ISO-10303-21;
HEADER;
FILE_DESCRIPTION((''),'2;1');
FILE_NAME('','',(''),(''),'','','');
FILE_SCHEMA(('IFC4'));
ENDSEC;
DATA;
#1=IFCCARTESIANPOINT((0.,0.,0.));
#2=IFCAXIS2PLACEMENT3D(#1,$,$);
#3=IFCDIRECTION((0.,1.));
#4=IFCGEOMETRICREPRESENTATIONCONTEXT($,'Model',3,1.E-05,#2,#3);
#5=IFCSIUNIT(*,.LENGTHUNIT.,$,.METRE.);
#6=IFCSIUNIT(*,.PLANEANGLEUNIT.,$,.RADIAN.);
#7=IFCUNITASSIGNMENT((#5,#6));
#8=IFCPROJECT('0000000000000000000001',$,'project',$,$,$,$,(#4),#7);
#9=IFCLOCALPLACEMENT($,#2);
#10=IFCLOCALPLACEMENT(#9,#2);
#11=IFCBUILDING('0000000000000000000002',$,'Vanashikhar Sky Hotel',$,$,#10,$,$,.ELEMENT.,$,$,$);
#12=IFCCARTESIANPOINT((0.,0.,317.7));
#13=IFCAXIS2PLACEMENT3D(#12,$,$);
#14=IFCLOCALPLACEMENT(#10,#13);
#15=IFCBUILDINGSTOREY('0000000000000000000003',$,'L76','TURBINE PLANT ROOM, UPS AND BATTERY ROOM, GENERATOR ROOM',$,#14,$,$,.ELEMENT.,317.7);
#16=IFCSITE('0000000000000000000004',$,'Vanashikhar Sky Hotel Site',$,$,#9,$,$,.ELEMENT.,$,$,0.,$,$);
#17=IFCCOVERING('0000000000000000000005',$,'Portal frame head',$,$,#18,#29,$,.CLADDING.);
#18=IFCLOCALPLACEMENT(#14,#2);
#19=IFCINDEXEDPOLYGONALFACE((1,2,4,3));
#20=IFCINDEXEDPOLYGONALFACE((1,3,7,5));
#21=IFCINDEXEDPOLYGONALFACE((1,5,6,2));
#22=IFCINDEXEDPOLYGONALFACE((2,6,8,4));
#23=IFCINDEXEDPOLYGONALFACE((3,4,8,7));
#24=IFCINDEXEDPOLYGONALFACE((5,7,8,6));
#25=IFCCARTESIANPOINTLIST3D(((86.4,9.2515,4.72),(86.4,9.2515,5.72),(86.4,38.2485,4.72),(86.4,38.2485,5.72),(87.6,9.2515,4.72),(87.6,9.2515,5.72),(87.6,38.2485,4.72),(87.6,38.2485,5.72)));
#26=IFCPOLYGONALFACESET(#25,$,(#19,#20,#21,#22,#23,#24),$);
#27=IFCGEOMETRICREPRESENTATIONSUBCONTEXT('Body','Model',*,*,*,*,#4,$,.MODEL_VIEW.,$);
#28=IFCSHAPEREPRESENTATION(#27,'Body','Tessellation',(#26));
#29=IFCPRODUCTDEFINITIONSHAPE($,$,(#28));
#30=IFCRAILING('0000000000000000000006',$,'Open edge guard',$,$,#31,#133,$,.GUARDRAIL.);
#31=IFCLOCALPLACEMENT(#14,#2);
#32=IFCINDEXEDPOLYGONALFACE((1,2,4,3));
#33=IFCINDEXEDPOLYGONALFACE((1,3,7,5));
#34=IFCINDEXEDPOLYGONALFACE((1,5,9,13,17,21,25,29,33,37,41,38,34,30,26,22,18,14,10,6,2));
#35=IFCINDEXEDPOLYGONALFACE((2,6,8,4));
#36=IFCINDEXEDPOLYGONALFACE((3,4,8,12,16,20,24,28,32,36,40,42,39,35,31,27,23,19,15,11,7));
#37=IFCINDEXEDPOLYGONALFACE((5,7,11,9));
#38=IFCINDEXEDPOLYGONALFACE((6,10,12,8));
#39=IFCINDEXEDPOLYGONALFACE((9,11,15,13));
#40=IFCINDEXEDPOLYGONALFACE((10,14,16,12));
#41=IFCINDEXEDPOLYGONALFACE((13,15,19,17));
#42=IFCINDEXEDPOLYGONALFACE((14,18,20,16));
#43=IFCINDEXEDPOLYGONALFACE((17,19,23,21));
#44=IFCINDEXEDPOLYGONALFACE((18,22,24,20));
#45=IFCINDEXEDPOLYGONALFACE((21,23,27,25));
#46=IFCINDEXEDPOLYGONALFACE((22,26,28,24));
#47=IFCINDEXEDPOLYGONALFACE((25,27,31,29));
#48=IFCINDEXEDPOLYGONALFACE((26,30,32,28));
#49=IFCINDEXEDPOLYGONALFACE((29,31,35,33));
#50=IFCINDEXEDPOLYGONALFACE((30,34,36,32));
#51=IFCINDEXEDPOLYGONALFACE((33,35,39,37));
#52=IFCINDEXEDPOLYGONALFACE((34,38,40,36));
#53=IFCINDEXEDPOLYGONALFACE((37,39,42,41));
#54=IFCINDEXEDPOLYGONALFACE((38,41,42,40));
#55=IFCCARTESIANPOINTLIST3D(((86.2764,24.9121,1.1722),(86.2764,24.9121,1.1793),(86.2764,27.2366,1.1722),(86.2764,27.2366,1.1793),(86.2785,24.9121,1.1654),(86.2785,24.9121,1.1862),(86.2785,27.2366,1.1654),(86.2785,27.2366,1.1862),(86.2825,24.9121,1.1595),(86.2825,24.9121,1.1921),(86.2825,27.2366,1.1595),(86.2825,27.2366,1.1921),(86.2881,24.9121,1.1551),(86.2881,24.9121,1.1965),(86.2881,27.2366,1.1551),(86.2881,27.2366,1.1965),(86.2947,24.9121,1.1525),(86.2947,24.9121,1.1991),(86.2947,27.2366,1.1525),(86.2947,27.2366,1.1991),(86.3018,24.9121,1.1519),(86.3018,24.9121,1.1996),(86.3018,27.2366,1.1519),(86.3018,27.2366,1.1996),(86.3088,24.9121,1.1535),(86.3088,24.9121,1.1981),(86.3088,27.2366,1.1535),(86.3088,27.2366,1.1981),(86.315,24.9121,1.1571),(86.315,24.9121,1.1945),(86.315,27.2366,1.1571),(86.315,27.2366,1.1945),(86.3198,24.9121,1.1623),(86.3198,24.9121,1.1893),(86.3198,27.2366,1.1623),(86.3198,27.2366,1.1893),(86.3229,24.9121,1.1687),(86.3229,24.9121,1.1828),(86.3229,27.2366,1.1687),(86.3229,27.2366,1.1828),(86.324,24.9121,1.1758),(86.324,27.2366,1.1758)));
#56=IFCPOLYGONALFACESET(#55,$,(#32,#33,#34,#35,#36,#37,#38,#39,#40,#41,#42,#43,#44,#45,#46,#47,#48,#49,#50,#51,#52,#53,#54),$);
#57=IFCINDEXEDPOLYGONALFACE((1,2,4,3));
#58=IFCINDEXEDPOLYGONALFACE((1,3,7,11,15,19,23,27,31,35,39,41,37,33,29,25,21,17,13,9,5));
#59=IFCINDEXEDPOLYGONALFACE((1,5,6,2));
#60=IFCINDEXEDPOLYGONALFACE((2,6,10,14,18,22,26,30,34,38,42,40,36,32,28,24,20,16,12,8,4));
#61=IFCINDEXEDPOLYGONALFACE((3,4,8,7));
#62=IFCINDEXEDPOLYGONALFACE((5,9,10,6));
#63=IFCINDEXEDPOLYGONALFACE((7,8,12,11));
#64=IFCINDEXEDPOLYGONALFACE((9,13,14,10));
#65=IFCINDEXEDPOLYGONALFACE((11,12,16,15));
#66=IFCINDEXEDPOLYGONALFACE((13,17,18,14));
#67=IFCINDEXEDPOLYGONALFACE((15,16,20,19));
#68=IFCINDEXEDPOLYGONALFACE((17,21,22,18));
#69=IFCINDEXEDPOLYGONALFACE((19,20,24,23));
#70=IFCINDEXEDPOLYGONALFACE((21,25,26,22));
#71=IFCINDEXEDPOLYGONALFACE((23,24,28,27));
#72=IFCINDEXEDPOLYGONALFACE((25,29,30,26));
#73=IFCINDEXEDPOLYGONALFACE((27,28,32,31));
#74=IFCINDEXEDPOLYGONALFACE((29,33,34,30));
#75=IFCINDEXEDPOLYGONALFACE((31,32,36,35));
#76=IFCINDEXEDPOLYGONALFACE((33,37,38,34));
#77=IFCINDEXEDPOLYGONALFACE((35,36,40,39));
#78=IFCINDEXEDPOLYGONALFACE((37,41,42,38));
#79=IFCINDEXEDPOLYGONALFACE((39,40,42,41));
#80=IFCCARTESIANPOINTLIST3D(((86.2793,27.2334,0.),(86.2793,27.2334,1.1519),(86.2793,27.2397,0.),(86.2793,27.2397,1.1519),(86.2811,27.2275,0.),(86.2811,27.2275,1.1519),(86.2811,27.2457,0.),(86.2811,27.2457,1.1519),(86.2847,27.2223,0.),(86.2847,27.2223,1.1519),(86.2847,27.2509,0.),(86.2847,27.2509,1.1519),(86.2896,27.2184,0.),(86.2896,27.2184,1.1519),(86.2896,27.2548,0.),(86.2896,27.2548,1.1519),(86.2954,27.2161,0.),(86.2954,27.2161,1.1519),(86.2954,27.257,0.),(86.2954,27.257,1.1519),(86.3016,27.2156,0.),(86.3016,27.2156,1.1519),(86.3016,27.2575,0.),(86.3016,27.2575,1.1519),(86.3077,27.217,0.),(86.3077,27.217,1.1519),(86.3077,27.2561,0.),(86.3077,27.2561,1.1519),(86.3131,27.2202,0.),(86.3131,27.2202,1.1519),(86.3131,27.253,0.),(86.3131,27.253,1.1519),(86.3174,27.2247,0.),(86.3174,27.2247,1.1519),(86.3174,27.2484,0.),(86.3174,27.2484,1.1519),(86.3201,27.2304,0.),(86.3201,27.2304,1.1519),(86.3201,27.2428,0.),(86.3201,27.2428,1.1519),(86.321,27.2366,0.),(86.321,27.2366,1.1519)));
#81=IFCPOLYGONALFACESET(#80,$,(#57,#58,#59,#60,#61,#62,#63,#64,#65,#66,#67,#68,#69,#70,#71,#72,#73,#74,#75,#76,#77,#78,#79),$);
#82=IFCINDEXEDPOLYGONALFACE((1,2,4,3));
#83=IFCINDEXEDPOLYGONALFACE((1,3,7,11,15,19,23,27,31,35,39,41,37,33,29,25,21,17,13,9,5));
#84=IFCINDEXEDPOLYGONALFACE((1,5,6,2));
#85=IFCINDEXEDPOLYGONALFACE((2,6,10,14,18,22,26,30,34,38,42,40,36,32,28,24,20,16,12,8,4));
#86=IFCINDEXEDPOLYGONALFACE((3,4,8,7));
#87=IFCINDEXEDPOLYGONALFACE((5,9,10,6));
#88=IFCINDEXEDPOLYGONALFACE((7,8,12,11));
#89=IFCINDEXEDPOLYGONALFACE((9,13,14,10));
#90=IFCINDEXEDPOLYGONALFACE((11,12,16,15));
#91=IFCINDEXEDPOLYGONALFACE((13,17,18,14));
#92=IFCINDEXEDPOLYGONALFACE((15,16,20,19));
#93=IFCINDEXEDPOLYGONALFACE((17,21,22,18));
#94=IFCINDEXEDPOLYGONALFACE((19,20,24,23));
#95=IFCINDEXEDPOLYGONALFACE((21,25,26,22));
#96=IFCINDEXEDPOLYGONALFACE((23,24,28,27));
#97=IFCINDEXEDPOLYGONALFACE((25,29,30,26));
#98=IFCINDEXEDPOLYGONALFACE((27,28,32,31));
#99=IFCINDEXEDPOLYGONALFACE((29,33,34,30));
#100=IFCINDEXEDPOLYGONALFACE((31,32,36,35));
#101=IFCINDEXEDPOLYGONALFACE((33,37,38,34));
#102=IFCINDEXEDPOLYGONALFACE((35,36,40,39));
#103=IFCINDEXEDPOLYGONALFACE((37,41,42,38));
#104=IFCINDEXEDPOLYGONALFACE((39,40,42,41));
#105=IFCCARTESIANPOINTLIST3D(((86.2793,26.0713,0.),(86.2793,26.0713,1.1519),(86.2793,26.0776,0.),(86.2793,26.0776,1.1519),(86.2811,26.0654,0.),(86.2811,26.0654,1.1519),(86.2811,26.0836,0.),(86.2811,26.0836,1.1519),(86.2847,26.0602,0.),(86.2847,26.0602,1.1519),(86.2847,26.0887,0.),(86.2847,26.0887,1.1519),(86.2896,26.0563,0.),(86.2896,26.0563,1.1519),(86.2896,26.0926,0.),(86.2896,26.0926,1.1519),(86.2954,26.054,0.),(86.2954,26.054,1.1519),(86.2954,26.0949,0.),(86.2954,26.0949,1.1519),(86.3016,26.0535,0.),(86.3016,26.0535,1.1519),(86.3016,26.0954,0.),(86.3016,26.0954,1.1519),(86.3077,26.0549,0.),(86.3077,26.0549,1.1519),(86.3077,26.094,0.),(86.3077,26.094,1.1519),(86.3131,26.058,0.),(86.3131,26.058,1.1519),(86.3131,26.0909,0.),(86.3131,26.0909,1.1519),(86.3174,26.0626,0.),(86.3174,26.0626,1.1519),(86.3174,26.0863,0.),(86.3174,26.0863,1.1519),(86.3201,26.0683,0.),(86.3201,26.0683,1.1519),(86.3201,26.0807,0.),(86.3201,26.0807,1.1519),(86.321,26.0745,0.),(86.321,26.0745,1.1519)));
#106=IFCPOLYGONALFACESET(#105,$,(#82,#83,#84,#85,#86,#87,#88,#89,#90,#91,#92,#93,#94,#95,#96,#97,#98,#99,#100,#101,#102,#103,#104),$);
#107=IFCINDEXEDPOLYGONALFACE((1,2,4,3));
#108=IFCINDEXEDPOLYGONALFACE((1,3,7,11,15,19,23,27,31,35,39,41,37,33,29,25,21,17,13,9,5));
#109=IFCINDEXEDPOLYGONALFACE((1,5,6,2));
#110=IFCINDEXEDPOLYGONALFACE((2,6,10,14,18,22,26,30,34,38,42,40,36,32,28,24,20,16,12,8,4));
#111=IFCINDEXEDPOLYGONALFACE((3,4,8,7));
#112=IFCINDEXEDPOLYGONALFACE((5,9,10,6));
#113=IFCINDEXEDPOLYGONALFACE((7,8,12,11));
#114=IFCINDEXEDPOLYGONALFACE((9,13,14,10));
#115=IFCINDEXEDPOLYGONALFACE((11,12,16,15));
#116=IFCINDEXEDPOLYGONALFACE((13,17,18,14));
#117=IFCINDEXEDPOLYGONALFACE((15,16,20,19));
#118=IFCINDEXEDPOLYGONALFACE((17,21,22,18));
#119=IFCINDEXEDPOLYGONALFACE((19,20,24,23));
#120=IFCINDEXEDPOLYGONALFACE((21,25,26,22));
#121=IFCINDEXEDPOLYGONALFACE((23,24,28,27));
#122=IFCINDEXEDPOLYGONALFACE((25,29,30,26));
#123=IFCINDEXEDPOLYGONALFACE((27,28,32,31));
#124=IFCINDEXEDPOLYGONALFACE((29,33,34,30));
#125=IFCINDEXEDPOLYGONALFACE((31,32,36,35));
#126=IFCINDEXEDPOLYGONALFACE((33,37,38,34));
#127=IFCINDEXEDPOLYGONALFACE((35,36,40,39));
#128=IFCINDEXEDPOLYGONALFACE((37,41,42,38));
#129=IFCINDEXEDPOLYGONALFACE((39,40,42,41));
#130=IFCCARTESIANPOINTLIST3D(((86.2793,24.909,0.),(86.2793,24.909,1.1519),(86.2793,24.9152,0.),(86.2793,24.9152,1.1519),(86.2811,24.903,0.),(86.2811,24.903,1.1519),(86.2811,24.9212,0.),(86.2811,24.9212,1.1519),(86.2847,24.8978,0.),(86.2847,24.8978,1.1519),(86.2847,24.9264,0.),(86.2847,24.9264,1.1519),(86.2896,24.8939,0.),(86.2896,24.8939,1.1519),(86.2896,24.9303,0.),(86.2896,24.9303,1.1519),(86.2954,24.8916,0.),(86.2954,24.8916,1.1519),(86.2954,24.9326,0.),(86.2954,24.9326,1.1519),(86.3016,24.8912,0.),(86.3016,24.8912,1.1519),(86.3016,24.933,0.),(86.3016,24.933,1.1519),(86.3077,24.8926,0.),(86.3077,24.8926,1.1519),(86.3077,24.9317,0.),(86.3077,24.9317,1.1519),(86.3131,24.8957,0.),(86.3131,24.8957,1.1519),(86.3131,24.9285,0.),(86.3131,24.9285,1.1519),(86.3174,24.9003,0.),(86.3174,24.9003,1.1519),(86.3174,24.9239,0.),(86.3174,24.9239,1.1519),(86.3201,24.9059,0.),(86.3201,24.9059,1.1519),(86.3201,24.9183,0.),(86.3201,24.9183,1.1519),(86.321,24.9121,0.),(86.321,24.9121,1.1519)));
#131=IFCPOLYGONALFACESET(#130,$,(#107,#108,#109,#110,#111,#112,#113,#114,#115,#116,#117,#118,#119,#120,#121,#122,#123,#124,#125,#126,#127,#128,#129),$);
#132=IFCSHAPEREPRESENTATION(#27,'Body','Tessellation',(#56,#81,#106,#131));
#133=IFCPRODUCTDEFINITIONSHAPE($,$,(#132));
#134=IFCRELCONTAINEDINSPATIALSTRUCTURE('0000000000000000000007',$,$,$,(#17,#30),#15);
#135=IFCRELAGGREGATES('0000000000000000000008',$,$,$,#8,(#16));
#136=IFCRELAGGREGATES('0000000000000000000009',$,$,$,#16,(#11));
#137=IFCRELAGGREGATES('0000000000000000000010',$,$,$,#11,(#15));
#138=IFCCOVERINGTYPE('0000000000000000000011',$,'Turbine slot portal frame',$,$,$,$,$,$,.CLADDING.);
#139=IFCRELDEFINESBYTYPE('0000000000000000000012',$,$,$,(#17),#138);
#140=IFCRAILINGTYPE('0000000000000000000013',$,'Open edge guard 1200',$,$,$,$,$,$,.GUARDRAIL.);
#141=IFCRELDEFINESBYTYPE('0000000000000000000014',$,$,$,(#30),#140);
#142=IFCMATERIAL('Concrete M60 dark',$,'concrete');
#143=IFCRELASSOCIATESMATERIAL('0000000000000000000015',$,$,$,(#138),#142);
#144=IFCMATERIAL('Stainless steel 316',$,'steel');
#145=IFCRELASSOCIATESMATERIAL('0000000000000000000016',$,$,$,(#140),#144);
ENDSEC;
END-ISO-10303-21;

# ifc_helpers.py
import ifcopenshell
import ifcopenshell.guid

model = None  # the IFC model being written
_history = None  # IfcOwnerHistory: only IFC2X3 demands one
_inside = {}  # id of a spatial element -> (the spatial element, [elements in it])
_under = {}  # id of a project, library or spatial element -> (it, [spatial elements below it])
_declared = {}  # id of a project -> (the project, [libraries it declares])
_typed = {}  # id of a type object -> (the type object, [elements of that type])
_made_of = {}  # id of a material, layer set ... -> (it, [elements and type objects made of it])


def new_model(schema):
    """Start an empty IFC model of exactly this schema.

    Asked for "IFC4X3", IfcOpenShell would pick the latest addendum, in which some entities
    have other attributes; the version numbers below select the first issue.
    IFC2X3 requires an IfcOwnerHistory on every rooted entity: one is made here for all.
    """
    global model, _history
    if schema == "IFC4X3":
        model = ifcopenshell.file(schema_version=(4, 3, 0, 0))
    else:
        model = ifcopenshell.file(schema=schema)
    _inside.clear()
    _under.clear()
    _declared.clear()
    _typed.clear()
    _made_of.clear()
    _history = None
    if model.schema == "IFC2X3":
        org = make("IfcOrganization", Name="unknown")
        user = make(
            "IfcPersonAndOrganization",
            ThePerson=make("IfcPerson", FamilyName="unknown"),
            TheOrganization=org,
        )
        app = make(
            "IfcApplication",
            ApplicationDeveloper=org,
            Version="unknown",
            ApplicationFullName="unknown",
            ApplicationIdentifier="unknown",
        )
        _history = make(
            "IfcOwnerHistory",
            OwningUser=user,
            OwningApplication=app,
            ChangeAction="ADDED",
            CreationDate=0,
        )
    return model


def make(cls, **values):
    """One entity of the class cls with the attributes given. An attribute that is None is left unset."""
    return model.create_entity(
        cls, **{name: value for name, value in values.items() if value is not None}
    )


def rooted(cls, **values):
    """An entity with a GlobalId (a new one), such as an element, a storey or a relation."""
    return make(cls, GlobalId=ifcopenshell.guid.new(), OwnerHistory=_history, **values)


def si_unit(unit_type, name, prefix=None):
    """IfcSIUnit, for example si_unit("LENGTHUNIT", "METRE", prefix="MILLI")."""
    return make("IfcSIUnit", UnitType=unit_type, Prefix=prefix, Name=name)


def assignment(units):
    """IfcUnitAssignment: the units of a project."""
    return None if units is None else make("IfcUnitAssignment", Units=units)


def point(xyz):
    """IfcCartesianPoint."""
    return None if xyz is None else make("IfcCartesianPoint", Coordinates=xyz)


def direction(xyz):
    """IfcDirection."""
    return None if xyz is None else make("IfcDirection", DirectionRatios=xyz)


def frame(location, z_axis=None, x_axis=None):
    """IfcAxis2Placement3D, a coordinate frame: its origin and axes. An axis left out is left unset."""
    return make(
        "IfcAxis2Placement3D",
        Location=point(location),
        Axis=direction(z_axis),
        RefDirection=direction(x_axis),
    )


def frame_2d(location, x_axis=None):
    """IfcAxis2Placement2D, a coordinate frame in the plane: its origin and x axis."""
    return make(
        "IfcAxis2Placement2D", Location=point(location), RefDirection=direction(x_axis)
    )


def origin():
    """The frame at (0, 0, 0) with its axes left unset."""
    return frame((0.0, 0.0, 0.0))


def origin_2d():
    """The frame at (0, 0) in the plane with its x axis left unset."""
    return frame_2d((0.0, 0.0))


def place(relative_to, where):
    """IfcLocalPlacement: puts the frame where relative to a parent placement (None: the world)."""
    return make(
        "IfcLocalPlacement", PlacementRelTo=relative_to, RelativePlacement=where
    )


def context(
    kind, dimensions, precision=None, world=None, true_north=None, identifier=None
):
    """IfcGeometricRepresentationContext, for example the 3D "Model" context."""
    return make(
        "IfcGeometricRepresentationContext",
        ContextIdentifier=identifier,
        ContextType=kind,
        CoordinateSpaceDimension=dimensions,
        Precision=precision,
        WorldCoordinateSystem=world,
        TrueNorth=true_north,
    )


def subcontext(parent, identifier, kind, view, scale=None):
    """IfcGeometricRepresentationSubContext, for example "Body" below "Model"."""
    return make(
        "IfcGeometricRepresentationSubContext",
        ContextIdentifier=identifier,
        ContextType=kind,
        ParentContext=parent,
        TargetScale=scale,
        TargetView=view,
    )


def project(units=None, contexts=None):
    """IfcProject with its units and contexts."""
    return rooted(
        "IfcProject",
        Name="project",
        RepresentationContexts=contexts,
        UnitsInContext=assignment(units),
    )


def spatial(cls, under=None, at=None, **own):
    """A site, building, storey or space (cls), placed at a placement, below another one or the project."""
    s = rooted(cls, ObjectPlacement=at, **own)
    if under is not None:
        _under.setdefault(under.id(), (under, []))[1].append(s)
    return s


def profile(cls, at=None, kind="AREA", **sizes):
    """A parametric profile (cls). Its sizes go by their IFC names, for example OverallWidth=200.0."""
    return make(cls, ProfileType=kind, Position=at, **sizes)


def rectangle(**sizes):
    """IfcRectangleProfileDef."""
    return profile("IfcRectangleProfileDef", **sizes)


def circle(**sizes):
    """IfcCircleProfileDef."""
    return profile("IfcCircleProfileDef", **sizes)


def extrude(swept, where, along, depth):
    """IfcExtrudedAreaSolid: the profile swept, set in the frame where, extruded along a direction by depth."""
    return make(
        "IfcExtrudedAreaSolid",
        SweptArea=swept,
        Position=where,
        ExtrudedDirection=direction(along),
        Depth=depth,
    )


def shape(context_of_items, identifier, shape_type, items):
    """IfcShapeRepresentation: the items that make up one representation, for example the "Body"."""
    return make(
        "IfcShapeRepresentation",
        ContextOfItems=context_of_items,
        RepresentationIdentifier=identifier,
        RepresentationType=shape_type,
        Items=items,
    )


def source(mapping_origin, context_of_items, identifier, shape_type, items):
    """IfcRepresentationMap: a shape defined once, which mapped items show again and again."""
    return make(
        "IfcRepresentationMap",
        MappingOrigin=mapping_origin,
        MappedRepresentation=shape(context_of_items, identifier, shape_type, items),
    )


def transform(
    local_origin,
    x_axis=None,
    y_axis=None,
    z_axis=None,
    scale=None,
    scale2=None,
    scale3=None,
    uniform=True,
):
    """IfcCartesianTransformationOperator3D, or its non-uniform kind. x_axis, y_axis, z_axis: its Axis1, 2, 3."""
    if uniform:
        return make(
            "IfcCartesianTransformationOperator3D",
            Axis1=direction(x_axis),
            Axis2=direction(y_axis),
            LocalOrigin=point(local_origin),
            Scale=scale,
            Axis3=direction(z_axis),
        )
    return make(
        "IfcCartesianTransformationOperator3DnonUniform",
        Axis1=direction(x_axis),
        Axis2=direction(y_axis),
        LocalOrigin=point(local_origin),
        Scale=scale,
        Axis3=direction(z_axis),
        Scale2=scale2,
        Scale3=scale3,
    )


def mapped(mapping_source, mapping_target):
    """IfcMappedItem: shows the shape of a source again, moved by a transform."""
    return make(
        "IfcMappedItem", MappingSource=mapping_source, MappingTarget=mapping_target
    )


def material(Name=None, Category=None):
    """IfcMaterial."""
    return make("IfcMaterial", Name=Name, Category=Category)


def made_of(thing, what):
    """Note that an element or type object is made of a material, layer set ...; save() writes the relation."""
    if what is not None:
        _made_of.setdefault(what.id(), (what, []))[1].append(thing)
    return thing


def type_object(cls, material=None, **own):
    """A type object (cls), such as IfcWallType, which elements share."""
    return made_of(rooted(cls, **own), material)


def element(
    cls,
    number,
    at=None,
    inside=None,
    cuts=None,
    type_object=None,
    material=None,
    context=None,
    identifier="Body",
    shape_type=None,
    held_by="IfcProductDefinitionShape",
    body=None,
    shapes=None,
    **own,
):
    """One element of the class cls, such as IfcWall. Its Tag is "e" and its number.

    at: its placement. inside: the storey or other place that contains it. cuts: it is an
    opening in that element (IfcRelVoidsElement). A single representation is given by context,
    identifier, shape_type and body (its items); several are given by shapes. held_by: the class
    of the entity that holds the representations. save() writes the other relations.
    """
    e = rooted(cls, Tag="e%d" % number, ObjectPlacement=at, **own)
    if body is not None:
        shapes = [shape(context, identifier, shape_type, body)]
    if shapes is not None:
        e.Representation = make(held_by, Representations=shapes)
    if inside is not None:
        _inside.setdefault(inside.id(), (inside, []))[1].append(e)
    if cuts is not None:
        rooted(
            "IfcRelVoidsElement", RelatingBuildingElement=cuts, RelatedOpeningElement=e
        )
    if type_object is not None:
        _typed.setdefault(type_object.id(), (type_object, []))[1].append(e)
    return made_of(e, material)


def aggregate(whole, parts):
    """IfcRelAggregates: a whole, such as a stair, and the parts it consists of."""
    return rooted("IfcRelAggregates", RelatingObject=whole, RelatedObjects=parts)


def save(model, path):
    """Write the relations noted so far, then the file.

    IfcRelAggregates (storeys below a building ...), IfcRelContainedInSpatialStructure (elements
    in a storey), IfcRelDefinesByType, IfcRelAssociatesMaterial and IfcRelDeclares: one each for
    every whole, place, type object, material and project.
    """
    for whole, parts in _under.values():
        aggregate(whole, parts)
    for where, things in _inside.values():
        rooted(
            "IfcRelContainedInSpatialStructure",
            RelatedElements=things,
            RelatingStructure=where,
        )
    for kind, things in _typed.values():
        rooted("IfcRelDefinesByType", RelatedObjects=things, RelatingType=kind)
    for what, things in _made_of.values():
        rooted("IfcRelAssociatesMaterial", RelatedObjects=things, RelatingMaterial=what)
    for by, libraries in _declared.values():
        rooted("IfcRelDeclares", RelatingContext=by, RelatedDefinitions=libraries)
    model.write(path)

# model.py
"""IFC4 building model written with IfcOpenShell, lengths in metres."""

from ifc_helpers import new_model, si_unit, direction, frame, origin, origin_2d, place, context, subcontext, project, spatial, rectangle, circle, extrude, source, transform, mapped, material, type_object, element, save


model = new_model("IFC4")

# Units and contexts
model_context = context("Model", 3, precision=1e-05, world=origin(), true_north=direction((0.0, 1.0)))
body_context = subcontext(model_context, "Body", "Model", "MODEL_VIEW")
ifc_project = project(units=[si_unit("LENGTHUNIT", "METRE"), si_unit("PLANEANGLEUNIT", "RADIAN")], contexts=[model_context])

# Site, building, storey
site_placement = place(None, origin())
site = spatial("IfcSite", under=ifc_project, at=site_placement, Name="Vanashikhar Sky Hotel Site", CompositionType="ELEMENT", RefElevation=0.0)
building_placement = place(site_placement, origin())
building = spatial("IfcBuilding", under=site, at=building_placement, Name="Vanashikhar Sky Hotel", CompositionType="ELEMENT")
storey_placement = place(building_placement, frame((0.0, 0.0, 317.7)))
storey = spatial("IfcBuildingStorey", under=building, at=storey_placement, Name="L76", Description="TURBINE PLANT ROOM, UPS AND BATTERY ROOM, GENERATOR ROOM", CompositionType="ELEMENT", Elevation=317.7)

# Covering
ifc_material_1 = material(Name="Concrete M60 dark", Category="concrete")
covering_type = type_object("IfcCoveringType", Name="Turbine slot portal frame", PredefinedType="CLADDING", material=ifc_material_1)
shared_shape_1 = source(origin(), body_context, "Body", "SweptSolid", [
    extrude(rectangle(XDim=28.9971, YDim=1.2, at=origin_2d()), origin(), (0.0, 0.0, 1.0), 1.0),
])
covering_1_placement = place(storey_placement, frame((87.0, 23.75, 4.72), z_axis=(0.0, 0.0, 1.0), x_axis=(0.0, 1.0, 0.0)))
element("IfcCovering", 1, at=covering_1_placement, inside=storey, type_object=covering_type, Name="Portal frame head", PredefinedType="CLADDING", context=body_context, shape_type="MappedRepresentation", body=[
    mapped(shared_shape_1, transform((0.0, 0.0, 0.0), scale=1.0)),
])

# Railing
ifc_material_2 = material(Name="Stainless steel 316", Category="steel")
railing_type_1 = type_object("IfcRailingType", Name="Open edge guard 1200", PredefinedType="GUARDRAIL", material=ifc_material_2)
shared_shape_2 = source(origin(), body_context, "Body", "SweptSolid", [
    extrude(circle(Radius=0.0239, at=origin_2d()), frame((0.0, 0.0, 1.1758), z_axis=(0.0, -1.0, 0.0), x_axis=(1.0, 0.0, 0.0)), (0.0, 0.0, 1.0), 2.3245),
    extrude(circle(Radius=0.021, at=origin_2d()), origin(), (0.0, 0.0, 1.0), 1.1519),
    extrude(circle(Radius=0.021, at=origin_2d()), frame((0.0, -1.1621, 0.0)), (0.0, 0.0, 1.0), 1.1519),
    extrude(circle(Radius=0.021, at=origin_2d()), frame((0.0, -2.3245, 0.0)), (0.0, 0.0, 1.0), 1.1519),
])
for number, where, name in (
    (2, (86.3, 27.2366, 0.0), "Open edge guard"),
):
    element("IfcRailing", number, at=place(storey_placement, frame(where)), inside=storey, type_object=railing_type_1, Name=name, PredefinedType="GUARDRAIL", context=body_context, shape_type="MappedRepresentation", body=[
        mapped(shared_shape_2, transform((0.0, 0.0, 0.0), scale=1.0)),
    ])

save(model, "model.ifc")
